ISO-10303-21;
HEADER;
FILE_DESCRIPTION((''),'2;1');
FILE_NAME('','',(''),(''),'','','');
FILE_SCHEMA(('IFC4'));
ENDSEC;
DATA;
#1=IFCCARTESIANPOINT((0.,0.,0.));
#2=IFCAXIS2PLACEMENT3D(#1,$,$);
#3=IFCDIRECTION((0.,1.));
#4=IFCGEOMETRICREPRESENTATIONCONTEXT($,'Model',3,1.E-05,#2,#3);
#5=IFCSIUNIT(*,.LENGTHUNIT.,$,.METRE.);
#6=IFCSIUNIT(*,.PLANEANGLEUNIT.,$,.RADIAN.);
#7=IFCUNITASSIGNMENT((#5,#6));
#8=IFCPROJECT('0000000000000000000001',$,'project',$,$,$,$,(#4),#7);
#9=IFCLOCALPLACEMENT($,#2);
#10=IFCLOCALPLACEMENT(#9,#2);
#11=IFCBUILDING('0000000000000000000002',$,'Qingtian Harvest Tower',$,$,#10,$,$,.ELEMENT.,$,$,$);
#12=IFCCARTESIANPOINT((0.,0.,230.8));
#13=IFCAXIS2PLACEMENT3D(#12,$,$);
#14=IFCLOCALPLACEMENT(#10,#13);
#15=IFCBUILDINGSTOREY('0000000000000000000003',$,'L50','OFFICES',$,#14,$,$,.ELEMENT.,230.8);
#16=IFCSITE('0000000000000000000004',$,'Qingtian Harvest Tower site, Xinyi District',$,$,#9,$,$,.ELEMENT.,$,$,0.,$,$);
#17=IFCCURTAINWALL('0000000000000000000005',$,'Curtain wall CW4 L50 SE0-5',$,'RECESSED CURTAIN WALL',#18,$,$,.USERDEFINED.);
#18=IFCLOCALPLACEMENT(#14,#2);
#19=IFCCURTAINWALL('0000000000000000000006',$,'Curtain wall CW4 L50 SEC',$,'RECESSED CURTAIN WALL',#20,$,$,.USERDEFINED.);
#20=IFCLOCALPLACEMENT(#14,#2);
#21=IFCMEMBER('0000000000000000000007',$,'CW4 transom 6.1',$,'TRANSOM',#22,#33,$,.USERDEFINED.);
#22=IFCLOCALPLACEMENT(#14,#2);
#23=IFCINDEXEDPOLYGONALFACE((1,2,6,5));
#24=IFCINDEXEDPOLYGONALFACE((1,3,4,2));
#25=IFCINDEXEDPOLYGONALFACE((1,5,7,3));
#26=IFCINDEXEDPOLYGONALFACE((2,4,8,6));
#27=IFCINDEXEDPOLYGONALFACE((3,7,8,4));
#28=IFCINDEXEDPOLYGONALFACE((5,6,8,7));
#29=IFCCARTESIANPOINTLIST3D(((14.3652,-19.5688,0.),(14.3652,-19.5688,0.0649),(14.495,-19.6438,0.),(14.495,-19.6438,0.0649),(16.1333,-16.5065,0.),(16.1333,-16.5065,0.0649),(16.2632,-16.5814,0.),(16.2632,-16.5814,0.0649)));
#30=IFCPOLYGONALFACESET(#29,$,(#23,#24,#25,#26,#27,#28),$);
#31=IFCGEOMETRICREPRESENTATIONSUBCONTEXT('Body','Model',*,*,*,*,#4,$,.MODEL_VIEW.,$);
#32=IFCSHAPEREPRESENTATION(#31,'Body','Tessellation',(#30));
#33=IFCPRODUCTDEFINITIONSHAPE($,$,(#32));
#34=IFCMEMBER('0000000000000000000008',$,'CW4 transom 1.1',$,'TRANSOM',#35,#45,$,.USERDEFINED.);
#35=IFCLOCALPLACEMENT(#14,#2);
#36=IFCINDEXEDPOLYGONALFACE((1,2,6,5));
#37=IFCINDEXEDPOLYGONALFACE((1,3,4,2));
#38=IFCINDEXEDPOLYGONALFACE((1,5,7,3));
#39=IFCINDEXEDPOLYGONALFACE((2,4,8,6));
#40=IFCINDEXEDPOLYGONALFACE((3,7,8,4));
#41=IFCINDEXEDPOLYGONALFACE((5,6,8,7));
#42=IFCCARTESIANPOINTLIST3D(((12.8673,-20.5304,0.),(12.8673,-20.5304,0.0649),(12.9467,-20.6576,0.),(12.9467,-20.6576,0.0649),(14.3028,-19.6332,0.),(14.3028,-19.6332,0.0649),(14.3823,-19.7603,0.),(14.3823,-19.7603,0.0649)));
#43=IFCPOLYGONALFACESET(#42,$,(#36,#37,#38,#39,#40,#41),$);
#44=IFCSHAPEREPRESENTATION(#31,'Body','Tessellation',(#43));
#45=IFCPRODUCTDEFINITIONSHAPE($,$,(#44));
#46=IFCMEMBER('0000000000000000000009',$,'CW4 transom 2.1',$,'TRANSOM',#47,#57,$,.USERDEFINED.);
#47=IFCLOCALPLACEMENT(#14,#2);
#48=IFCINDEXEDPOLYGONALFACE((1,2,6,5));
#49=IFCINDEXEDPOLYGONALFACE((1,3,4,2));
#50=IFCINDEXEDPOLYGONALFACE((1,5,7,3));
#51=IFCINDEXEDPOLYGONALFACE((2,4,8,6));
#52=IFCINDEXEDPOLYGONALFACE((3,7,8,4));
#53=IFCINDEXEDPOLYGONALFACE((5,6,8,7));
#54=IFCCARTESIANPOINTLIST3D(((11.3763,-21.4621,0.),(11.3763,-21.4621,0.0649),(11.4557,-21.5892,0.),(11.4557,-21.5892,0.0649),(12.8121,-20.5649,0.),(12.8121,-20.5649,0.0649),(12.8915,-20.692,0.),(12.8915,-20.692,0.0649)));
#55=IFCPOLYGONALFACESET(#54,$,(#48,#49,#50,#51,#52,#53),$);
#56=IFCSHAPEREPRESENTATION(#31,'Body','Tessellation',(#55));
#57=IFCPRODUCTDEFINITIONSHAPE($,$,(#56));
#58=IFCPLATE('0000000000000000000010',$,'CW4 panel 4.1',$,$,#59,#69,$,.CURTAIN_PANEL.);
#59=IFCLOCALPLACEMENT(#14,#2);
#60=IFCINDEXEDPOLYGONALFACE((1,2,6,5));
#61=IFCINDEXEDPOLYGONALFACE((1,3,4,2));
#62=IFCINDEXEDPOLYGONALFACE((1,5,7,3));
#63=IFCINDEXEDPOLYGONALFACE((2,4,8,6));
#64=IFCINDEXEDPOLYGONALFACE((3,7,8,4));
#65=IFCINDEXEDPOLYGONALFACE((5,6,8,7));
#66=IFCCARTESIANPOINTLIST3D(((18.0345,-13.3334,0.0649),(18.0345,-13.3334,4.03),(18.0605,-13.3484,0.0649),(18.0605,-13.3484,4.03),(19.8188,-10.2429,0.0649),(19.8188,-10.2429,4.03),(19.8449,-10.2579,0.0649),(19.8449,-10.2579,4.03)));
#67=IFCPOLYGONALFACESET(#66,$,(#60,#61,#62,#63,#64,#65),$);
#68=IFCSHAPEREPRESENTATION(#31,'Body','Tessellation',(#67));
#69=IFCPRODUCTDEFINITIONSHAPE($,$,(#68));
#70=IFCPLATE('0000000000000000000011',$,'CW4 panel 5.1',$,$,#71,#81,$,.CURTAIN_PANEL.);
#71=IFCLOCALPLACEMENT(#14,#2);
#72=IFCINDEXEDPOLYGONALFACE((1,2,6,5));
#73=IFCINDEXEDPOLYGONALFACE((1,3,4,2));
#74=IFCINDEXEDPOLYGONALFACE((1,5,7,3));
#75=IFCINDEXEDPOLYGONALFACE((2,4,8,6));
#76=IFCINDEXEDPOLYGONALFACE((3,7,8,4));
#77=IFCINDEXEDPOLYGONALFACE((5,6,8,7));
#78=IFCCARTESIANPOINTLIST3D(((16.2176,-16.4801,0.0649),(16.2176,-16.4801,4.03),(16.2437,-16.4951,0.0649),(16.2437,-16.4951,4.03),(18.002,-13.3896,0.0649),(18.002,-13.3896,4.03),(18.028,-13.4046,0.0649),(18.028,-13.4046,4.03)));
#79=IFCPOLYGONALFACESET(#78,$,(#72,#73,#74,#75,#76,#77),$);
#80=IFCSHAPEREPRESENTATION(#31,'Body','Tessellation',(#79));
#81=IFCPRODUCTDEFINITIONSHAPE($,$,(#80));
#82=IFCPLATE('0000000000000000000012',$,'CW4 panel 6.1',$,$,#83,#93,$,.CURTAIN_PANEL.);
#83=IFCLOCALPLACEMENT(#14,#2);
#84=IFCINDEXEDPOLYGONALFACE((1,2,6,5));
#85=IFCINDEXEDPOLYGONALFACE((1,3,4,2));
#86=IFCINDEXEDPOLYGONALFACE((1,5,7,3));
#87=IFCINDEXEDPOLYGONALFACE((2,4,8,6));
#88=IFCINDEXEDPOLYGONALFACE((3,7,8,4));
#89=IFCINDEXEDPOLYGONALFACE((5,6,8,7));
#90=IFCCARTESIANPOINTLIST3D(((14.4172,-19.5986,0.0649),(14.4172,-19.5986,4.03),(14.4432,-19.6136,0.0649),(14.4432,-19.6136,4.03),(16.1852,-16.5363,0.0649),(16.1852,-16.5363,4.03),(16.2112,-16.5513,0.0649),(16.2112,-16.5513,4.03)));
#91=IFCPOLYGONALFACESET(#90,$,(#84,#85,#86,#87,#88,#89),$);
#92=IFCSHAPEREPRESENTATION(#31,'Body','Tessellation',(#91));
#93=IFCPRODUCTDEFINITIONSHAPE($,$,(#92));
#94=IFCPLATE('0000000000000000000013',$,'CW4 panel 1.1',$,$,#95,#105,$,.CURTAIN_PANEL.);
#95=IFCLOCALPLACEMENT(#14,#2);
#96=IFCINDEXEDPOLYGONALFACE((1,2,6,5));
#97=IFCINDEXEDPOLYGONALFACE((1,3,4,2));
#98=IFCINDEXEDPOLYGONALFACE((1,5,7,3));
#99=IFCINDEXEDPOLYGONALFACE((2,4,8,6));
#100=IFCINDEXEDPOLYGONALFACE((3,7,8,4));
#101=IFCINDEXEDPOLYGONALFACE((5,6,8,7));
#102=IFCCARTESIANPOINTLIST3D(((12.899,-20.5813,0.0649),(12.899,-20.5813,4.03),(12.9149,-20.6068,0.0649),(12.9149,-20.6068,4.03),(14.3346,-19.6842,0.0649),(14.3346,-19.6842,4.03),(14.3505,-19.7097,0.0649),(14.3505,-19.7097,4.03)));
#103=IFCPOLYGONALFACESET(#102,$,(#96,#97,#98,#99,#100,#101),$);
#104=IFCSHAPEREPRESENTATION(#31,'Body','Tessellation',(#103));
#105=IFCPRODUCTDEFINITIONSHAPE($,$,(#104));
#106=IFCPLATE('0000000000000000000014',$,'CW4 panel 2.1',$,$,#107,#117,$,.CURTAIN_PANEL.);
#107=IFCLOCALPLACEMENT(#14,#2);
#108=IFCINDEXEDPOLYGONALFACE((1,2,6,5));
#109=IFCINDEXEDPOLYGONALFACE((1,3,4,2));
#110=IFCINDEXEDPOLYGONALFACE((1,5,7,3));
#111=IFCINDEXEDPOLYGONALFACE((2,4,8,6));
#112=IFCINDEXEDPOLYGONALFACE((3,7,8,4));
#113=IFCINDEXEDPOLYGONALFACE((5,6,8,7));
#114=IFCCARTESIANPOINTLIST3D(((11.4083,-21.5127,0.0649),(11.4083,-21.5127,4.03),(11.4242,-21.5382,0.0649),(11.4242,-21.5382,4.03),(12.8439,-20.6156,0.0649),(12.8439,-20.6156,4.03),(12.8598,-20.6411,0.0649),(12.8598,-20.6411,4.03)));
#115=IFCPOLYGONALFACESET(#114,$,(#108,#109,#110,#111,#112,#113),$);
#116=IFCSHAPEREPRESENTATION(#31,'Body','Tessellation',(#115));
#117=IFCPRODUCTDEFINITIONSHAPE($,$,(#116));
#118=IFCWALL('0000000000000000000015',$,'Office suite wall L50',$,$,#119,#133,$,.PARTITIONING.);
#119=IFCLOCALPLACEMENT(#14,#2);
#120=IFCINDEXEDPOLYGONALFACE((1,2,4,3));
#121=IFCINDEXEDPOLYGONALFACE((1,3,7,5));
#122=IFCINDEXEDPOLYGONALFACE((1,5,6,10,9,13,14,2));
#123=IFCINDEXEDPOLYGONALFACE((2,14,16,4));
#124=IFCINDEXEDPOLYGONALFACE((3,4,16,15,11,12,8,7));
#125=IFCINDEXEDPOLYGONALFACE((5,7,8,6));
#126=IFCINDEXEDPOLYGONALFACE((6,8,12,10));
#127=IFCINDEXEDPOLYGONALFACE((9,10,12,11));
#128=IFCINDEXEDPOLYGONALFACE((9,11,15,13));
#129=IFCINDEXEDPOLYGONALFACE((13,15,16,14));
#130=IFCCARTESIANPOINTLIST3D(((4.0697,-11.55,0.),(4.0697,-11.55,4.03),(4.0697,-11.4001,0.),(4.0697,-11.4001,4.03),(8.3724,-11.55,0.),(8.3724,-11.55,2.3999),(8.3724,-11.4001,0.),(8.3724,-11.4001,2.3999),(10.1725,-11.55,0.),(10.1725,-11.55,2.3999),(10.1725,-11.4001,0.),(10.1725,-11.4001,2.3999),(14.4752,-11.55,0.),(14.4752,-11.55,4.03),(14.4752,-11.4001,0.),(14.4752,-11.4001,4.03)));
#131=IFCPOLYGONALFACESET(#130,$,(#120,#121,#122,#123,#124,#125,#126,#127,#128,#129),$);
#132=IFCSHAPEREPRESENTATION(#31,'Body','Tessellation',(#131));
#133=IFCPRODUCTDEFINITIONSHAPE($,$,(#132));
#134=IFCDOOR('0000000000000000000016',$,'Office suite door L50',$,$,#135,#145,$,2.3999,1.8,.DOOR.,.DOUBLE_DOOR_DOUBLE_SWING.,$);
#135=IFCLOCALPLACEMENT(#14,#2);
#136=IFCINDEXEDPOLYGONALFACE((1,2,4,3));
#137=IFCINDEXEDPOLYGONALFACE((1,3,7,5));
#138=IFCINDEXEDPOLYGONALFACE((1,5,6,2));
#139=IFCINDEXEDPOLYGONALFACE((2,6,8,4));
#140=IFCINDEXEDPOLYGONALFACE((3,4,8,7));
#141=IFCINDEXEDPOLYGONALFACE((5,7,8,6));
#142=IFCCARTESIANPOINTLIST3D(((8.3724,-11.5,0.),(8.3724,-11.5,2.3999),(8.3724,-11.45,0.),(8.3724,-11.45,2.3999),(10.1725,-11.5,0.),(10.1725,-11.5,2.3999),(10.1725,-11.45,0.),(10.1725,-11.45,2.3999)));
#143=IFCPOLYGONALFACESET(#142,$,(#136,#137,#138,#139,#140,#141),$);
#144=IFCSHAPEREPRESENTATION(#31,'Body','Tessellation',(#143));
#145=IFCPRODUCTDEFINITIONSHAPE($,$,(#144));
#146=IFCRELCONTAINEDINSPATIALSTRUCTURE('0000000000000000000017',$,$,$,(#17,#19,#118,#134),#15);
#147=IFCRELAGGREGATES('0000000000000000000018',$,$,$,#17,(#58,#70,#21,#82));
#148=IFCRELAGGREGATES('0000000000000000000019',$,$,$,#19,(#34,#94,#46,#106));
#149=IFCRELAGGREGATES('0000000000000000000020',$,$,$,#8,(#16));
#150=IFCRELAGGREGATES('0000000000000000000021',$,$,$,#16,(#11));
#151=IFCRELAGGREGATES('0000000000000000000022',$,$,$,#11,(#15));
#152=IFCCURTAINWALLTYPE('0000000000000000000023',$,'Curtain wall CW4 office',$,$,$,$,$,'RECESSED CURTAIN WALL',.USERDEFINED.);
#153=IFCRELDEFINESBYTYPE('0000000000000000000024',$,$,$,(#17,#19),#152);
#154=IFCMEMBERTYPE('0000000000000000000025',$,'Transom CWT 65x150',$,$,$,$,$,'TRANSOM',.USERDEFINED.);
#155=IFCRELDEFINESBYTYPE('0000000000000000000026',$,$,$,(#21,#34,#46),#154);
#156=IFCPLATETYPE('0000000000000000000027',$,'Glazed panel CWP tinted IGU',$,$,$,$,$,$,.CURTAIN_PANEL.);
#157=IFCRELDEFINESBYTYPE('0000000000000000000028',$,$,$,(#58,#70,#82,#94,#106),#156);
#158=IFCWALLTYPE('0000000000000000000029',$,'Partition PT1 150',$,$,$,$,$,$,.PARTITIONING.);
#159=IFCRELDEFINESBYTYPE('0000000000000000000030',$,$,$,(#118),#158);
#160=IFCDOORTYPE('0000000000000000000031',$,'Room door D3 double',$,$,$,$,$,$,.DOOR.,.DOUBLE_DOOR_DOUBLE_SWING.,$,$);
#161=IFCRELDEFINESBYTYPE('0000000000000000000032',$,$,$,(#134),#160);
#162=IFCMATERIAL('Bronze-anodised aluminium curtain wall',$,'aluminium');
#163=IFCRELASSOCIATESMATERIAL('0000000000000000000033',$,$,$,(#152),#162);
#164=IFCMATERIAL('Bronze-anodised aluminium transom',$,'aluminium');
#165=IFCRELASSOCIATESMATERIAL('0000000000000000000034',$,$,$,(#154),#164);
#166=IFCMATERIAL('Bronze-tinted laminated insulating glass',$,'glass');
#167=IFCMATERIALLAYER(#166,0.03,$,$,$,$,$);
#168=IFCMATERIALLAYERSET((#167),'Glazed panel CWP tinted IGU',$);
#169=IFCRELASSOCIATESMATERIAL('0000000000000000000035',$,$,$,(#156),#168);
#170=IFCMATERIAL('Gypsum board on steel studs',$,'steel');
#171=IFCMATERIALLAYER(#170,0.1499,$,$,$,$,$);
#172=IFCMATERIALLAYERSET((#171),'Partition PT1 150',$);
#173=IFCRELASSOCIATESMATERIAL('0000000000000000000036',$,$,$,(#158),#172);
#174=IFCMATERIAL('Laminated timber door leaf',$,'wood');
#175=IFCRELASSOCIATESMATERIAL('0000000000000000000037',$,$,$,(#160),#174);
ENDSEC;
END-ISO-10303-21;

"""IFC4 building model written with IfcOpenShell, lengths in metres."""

from ifc_helpers import new_model, si_unit, direction, frame, frame_2d, origin, origin_2d, place, context, subcontext, project, spatial, rectangle, extrude, material, layer, layer_set, material_profile, profile_set, type_object, element, fill, aggregate, save


model = new_model("IFC4")

# Units and contexts
model_context = context("Model", 3, precision=1e-05, world=origin(), true_north=direction((0.0, 1.0)))
body_context = subcontext(model_context, "Body", "Model", "MODEL_VIEW")
ifc_project = project(units=[si_unit("LENGTHUNIT", "METRE"), si_unit("PLANEANGLEUNIT", "RADIAN")], contexts=[model_context])

# Site, building, storey
site_placement = place(None, origin())
site = spatial("IfcSite", under=ifc_project, at=site_placement, Name="Qingtian Harvest Tower site, Xinyi District", CompositionType="ELEMENT", RefElevation=0.0)
building_placement = place(site_placement, origin())
building = spatial("IfcBuilding", under=site, at=building_placement, Name="Qingtian Harvest Tower", CompositionType="ELEMENT")
storey_placement = place(building_placement, frame((0.0, 0.0, 230.8)))
storey = spatial("IfcBuildingStorey", under=building, at=storey_placement, Name="L50", Description="OFFICES", CompositionType="ELEMENT", Elevation=230.8)

# Curtain walls
ifc_material_1 = material(Name="Bronze-anodised aluminium curtain wall", Category="aluminium")
curtain_wall_type = type_object("IfcCurtainWallType", Name="Curtain wall CW4 office", ElementType="RECESSED CURTAIN WALL", PredefinedType="USERDEFINED", material=ifc_material_1)
curtain_wall_1_placement = place(storey_placement, origin())
curtain_wall_1 = element("IfcCurtainWall", 1, at=curtain_wall_1_placement, inside=storey, type_object=curtain_wall_type, Name="Curtain wall CW4 L50 SE0-5", ObjectType="RECESSED CURTAIN WALL", PredefinedType="USERDEFINED")
curtain_wall_2_placement = place(storey_placement, origin())
curtain_wall_2 = element("IfcCurtainWall", 2, at=curtain_wall_2_placement, inside=storey, type_object=curtain_wall_type, Name="Curtain wall CW4 L50 SEC", ObjectType="RECESSED CURTAIN WALL", PredefinedType="USERDEFINED")

# Members
ifc_material_2 = material(Name="Bronze-anodised aluminium transom", Category="aluminium")
ifc_material_profile_1 = material_profile(ifc_material_2, rectangle(XDim=0.1499, YDim=0.0649, at=origin_2d()), Name="AL 65x150")
ifc_profile_set_1 = profile_set([ifc_material_profile_1], Name="Bronze-anodised aluminium transom")
member_type_1 = type_object("IfcMemberType", Name="Transom CWT 65x150", ElementType="TRANSOM", PredefinedType="USERDEFINED", material=ifc_profile_set_1)
member_1_placement = place(storey_placement, frame((16.1982, -16.5439, 0.0325), z_axis=(-0.500015, -0.866017, 0.0), x_axis=(0.866017, -0.500015, 0.0)))
member_1 = element("IfcMember", 3, at=member_1_placement, type_object=member_type_1, Name="CW4 transom 6.1", ObjectType="TRANSOM", PredefinedType="USERDEFINED", context=body_context, shape_type="SweptSolid", body=[
    extrude(rectangle(XDim=0.1499, YDim=0.0649, at=origin_2d()), origin(), (0.0, 0.0, 1.0), 3.5361),
])
member_2_placement = place(storey_placement, frame((14.3425, -19.6968, 0.0325), z_axis=(-0.847998, -0.529999, 0.0), x_axis=(0.529999, -0.847998, 0.0)))
member_2 = element("IfcMember", 4, at=member_2_placement, type_object=member_type_1, Name="CW4 transom 1.1", ObjectType="TRANSOM", PredefinedType="USERDEFINED", context=body_context, shape_type="SweptSolid", body=[
    extrude(rectangle(XDim=0.1499, YDim=0.0649, at=origin_2d()), origin(), (0.0, 0.0, 1.0), 1.6929),
])
member_3_placement = place(storey_placement, frame((12.8518, -20.6284, 0.0325), z_axis=(-0.848039, -0.529934, 0.0), x_axis=(0.529934, -0.848039, 0.0)))
member_3 = element("IfcMember", 5, at=member_3_placement, type_object=member_type_1, Name="CW4 transom 2.1", ObjectType="TRANSOM", PredefinedType="USERDEFINED", context=body_context, shape_type="SweptSolid", body=[
    extrude(rectangle(XDim=0.1499, YDim=0.0649, at=origin_2d()), origin(), (0.0, 0.0, 1.0), 1.6931),
])

# Plates
ifc_material_3 = material(Name="Bronze-tinted laminated insulating glass", Category="glass")
ifc_layer_1 = layer(ifc_material_3, 0.03)
ifc_layer_set_1 = layer_set([ifc_layer_1], Name="Glazed panel CWP tinted IGU")
plate_type = type_object("IfcPlateType", Name="Glazed panel CWP tinted IGU", PredefinedType="CURTAIN_PANEL", material=ifc_layer_set_1)
plate_1_placement = place(storey_placement, frame((18.9397, -11.7957, 0.0649), z_axis=(0.0, 0.0, 1.0), x_axis=(-0.5, -0.866025, 0.0)))
plate_1 = element("IfcPlate", 6, at=plate_1_placement, type_object=plate_type, Name="CW4 panel 4.1", PredefinedType="CURTAIN_PANEL", context=body_context, shape_type="SweptSolid", body=[
    extrude(rectangle(XDim=3.5686, YDim=0.03, at=origin_2d()), origin(), (0.0, 0.0, 1.0), 3.9651),
])
plate_2_placement = place(storey_placement, frame((17.1228, -14.9424, 0.0649), z_axis=(0.0, 0.0, 1.0), x_axis=(-0.5, -0.866025, 0.0)))
plate_2 = element("IfcPlate", 7, at=plate_2_placement, type_object=plate_type, Name="CW4 panel 5.1", PredefinedType="CURTAIN_PANEL", context=body_context, shape_type="SweptSolid", body=[
    extrude(rectangle(XDim=3.5686, YDim=0.03, at=origin_2d()), origin(), (0.0, 0.0, 1.0), 3.9651),
])
plate_3_placement = place(storey_placement, frame((15.3142, -18.075, 0.0649), z_axis=(0.0, 0.0, 1.0), x_axis=(-0.5, -0.866025, 0.0)))
plate_3 = element("IfcPlate", 8, at=plate_3_placement, type_object=plate_type, Name="CW4 panel 6.1", PredefinedType="CURTAIN_PANEL", context=body_context, shape_type="SweptSolid", body=[
    extrude(rectangle(XDim=3.5361, YDim=0.03, at=origin_2d()), origin(), (0.0, 0.0, 1.0), 3.9651),
])
aggregate(curtain_wall_1, [plate_1, plate_2, member_1, plate_3])
plate_4_placement = place(storey_placement, frame((13.6248, -20.1455, 0.0649), z_axis=(0.0, 0.0, 1.0), x_axis=(-0.848048, -0.529919, 0.0)))
plate_4 = element("IfcPlate", 9, at=plate_4_placement, type_object=plate_type, Name="CW4 panel 1.1", PredefinedType="CURTAIN_PANEL", context=body_context, shape_type="SweptSolid", body=[
    extrude(rectangle(XDim=1.6929, YDim=0.03, at=origin_2d()), origin(), (0.0, 0.0, 1.0), 3.9651),
])
plate_5_placement = place(storey_placement, frame((12.134, -21.0769, 0.0649), z_axis=(0.0, 0.0, 1.0), x_axis=(-0.848048, -0.529919, 0.0)))
plate_5 = element("IfcPlate", 10, at=plate_5_placement, type_object=plate_type, Name="CW4 panel 2.1", PredefinedType="CURTAIN_PANEL", context=body_context, shape_type="SweptSolid", body=[
    extrude(rectangle(XDim=1.6929, YDim=0.03, at=origin_2d()), origin(), (0.0, 0.0, 1.0), 3.9651),
])
aggregate(curtain_wall_2, [member_2, plate_4, member_3, plate_5])

# Wall, opening, door
ifc_material_4 = material(Name="Gypsum board on steel studs", Category="steel")
ifc_layer_2 = layer(ifc_material_4, 0.1499)
ifc_layer_set_2 = layer_set([ifc_layer_2], Name="Partition PT1 150")
wall_type = type_object("IfcWallType", Name="Partition PT1 150", PredefinedType="PARTITIONING", material=ifc_layer_set_2)
wall_placement = place(storey_placement, frame((14.4751, -11.4751, 0.0), z_axis=(0.0, 0.0, 1.0), x_axis=(-1.0, 0.0, 0.0)))
wall = element("IfcWall", 11, at=wall_placement, inside=storey, type_object=wall_type, Name="Office suite wall L50", PredefinedType="PARTITIONING", context=body_context, shape_type="SweptSolid", body=[
    extrude(rectangle(XDim=10.4055, YDim=0.1499, at=frame_2d((5.2026, 0.0))), origin(), (0.0, 0.0, 1.0), 4.03),
])
opening_placement = place(wall_placement, frame((4.3027, 0.0, 0.0)))
opening = element("IfcOpeningElement", 12, at=opening_placement, cuts=wall, PredefinedType="OPENING", context=body_context, shape_type="SweptSolid", body=[
    extrude(rectangle(XDim=1.8, YDim=2.3999, at=frame_2d((0.8999, 1.2))), frame((0.0, 0.085, 0.0), z_axis=(0.0, -1.0, 0.0), x_axis=(1.0, 0.0, 0.0)), (0.0, 0.0, 1.0), 0.1699),
])
ifc_material_5 = material(Name="Laminated timber door leaf", Category="wood")
door_type = type_object("IfcDoorType", Name="Room door D3 double", OperationType="DOUBLE_DOOR_DOUBLE_SWING", PredefinedType="DOOR", material=ifc_material_5)
door_placement = place(opening_placement, origin())
door = element("IfcDoor", 13, at=door_placement, inside=storey, type_object=door_type, Name="Office suite door L50", OperationType="DOUBLE_DOOR_DOUBLE_SWING", OverallHeight=2.3999, OverallWidth=1.8, PredefinedType="DOOR", context=body_context, shape_type="SweptSolid", body=[
    extrude(rectangle(XDim=1.8, YDim=2.3999, at=frame_2d((0.8999, 1.2))), frame((0.0, 0.0249, 0.0), z_axis=(0.0, -1.0, 0.0), x_axis=(1.0, 0.0, 0.0)), (0.0, 0.0, 1.0), 0.05),
])
fill(opening, door)

save(model, "model.ifc")
